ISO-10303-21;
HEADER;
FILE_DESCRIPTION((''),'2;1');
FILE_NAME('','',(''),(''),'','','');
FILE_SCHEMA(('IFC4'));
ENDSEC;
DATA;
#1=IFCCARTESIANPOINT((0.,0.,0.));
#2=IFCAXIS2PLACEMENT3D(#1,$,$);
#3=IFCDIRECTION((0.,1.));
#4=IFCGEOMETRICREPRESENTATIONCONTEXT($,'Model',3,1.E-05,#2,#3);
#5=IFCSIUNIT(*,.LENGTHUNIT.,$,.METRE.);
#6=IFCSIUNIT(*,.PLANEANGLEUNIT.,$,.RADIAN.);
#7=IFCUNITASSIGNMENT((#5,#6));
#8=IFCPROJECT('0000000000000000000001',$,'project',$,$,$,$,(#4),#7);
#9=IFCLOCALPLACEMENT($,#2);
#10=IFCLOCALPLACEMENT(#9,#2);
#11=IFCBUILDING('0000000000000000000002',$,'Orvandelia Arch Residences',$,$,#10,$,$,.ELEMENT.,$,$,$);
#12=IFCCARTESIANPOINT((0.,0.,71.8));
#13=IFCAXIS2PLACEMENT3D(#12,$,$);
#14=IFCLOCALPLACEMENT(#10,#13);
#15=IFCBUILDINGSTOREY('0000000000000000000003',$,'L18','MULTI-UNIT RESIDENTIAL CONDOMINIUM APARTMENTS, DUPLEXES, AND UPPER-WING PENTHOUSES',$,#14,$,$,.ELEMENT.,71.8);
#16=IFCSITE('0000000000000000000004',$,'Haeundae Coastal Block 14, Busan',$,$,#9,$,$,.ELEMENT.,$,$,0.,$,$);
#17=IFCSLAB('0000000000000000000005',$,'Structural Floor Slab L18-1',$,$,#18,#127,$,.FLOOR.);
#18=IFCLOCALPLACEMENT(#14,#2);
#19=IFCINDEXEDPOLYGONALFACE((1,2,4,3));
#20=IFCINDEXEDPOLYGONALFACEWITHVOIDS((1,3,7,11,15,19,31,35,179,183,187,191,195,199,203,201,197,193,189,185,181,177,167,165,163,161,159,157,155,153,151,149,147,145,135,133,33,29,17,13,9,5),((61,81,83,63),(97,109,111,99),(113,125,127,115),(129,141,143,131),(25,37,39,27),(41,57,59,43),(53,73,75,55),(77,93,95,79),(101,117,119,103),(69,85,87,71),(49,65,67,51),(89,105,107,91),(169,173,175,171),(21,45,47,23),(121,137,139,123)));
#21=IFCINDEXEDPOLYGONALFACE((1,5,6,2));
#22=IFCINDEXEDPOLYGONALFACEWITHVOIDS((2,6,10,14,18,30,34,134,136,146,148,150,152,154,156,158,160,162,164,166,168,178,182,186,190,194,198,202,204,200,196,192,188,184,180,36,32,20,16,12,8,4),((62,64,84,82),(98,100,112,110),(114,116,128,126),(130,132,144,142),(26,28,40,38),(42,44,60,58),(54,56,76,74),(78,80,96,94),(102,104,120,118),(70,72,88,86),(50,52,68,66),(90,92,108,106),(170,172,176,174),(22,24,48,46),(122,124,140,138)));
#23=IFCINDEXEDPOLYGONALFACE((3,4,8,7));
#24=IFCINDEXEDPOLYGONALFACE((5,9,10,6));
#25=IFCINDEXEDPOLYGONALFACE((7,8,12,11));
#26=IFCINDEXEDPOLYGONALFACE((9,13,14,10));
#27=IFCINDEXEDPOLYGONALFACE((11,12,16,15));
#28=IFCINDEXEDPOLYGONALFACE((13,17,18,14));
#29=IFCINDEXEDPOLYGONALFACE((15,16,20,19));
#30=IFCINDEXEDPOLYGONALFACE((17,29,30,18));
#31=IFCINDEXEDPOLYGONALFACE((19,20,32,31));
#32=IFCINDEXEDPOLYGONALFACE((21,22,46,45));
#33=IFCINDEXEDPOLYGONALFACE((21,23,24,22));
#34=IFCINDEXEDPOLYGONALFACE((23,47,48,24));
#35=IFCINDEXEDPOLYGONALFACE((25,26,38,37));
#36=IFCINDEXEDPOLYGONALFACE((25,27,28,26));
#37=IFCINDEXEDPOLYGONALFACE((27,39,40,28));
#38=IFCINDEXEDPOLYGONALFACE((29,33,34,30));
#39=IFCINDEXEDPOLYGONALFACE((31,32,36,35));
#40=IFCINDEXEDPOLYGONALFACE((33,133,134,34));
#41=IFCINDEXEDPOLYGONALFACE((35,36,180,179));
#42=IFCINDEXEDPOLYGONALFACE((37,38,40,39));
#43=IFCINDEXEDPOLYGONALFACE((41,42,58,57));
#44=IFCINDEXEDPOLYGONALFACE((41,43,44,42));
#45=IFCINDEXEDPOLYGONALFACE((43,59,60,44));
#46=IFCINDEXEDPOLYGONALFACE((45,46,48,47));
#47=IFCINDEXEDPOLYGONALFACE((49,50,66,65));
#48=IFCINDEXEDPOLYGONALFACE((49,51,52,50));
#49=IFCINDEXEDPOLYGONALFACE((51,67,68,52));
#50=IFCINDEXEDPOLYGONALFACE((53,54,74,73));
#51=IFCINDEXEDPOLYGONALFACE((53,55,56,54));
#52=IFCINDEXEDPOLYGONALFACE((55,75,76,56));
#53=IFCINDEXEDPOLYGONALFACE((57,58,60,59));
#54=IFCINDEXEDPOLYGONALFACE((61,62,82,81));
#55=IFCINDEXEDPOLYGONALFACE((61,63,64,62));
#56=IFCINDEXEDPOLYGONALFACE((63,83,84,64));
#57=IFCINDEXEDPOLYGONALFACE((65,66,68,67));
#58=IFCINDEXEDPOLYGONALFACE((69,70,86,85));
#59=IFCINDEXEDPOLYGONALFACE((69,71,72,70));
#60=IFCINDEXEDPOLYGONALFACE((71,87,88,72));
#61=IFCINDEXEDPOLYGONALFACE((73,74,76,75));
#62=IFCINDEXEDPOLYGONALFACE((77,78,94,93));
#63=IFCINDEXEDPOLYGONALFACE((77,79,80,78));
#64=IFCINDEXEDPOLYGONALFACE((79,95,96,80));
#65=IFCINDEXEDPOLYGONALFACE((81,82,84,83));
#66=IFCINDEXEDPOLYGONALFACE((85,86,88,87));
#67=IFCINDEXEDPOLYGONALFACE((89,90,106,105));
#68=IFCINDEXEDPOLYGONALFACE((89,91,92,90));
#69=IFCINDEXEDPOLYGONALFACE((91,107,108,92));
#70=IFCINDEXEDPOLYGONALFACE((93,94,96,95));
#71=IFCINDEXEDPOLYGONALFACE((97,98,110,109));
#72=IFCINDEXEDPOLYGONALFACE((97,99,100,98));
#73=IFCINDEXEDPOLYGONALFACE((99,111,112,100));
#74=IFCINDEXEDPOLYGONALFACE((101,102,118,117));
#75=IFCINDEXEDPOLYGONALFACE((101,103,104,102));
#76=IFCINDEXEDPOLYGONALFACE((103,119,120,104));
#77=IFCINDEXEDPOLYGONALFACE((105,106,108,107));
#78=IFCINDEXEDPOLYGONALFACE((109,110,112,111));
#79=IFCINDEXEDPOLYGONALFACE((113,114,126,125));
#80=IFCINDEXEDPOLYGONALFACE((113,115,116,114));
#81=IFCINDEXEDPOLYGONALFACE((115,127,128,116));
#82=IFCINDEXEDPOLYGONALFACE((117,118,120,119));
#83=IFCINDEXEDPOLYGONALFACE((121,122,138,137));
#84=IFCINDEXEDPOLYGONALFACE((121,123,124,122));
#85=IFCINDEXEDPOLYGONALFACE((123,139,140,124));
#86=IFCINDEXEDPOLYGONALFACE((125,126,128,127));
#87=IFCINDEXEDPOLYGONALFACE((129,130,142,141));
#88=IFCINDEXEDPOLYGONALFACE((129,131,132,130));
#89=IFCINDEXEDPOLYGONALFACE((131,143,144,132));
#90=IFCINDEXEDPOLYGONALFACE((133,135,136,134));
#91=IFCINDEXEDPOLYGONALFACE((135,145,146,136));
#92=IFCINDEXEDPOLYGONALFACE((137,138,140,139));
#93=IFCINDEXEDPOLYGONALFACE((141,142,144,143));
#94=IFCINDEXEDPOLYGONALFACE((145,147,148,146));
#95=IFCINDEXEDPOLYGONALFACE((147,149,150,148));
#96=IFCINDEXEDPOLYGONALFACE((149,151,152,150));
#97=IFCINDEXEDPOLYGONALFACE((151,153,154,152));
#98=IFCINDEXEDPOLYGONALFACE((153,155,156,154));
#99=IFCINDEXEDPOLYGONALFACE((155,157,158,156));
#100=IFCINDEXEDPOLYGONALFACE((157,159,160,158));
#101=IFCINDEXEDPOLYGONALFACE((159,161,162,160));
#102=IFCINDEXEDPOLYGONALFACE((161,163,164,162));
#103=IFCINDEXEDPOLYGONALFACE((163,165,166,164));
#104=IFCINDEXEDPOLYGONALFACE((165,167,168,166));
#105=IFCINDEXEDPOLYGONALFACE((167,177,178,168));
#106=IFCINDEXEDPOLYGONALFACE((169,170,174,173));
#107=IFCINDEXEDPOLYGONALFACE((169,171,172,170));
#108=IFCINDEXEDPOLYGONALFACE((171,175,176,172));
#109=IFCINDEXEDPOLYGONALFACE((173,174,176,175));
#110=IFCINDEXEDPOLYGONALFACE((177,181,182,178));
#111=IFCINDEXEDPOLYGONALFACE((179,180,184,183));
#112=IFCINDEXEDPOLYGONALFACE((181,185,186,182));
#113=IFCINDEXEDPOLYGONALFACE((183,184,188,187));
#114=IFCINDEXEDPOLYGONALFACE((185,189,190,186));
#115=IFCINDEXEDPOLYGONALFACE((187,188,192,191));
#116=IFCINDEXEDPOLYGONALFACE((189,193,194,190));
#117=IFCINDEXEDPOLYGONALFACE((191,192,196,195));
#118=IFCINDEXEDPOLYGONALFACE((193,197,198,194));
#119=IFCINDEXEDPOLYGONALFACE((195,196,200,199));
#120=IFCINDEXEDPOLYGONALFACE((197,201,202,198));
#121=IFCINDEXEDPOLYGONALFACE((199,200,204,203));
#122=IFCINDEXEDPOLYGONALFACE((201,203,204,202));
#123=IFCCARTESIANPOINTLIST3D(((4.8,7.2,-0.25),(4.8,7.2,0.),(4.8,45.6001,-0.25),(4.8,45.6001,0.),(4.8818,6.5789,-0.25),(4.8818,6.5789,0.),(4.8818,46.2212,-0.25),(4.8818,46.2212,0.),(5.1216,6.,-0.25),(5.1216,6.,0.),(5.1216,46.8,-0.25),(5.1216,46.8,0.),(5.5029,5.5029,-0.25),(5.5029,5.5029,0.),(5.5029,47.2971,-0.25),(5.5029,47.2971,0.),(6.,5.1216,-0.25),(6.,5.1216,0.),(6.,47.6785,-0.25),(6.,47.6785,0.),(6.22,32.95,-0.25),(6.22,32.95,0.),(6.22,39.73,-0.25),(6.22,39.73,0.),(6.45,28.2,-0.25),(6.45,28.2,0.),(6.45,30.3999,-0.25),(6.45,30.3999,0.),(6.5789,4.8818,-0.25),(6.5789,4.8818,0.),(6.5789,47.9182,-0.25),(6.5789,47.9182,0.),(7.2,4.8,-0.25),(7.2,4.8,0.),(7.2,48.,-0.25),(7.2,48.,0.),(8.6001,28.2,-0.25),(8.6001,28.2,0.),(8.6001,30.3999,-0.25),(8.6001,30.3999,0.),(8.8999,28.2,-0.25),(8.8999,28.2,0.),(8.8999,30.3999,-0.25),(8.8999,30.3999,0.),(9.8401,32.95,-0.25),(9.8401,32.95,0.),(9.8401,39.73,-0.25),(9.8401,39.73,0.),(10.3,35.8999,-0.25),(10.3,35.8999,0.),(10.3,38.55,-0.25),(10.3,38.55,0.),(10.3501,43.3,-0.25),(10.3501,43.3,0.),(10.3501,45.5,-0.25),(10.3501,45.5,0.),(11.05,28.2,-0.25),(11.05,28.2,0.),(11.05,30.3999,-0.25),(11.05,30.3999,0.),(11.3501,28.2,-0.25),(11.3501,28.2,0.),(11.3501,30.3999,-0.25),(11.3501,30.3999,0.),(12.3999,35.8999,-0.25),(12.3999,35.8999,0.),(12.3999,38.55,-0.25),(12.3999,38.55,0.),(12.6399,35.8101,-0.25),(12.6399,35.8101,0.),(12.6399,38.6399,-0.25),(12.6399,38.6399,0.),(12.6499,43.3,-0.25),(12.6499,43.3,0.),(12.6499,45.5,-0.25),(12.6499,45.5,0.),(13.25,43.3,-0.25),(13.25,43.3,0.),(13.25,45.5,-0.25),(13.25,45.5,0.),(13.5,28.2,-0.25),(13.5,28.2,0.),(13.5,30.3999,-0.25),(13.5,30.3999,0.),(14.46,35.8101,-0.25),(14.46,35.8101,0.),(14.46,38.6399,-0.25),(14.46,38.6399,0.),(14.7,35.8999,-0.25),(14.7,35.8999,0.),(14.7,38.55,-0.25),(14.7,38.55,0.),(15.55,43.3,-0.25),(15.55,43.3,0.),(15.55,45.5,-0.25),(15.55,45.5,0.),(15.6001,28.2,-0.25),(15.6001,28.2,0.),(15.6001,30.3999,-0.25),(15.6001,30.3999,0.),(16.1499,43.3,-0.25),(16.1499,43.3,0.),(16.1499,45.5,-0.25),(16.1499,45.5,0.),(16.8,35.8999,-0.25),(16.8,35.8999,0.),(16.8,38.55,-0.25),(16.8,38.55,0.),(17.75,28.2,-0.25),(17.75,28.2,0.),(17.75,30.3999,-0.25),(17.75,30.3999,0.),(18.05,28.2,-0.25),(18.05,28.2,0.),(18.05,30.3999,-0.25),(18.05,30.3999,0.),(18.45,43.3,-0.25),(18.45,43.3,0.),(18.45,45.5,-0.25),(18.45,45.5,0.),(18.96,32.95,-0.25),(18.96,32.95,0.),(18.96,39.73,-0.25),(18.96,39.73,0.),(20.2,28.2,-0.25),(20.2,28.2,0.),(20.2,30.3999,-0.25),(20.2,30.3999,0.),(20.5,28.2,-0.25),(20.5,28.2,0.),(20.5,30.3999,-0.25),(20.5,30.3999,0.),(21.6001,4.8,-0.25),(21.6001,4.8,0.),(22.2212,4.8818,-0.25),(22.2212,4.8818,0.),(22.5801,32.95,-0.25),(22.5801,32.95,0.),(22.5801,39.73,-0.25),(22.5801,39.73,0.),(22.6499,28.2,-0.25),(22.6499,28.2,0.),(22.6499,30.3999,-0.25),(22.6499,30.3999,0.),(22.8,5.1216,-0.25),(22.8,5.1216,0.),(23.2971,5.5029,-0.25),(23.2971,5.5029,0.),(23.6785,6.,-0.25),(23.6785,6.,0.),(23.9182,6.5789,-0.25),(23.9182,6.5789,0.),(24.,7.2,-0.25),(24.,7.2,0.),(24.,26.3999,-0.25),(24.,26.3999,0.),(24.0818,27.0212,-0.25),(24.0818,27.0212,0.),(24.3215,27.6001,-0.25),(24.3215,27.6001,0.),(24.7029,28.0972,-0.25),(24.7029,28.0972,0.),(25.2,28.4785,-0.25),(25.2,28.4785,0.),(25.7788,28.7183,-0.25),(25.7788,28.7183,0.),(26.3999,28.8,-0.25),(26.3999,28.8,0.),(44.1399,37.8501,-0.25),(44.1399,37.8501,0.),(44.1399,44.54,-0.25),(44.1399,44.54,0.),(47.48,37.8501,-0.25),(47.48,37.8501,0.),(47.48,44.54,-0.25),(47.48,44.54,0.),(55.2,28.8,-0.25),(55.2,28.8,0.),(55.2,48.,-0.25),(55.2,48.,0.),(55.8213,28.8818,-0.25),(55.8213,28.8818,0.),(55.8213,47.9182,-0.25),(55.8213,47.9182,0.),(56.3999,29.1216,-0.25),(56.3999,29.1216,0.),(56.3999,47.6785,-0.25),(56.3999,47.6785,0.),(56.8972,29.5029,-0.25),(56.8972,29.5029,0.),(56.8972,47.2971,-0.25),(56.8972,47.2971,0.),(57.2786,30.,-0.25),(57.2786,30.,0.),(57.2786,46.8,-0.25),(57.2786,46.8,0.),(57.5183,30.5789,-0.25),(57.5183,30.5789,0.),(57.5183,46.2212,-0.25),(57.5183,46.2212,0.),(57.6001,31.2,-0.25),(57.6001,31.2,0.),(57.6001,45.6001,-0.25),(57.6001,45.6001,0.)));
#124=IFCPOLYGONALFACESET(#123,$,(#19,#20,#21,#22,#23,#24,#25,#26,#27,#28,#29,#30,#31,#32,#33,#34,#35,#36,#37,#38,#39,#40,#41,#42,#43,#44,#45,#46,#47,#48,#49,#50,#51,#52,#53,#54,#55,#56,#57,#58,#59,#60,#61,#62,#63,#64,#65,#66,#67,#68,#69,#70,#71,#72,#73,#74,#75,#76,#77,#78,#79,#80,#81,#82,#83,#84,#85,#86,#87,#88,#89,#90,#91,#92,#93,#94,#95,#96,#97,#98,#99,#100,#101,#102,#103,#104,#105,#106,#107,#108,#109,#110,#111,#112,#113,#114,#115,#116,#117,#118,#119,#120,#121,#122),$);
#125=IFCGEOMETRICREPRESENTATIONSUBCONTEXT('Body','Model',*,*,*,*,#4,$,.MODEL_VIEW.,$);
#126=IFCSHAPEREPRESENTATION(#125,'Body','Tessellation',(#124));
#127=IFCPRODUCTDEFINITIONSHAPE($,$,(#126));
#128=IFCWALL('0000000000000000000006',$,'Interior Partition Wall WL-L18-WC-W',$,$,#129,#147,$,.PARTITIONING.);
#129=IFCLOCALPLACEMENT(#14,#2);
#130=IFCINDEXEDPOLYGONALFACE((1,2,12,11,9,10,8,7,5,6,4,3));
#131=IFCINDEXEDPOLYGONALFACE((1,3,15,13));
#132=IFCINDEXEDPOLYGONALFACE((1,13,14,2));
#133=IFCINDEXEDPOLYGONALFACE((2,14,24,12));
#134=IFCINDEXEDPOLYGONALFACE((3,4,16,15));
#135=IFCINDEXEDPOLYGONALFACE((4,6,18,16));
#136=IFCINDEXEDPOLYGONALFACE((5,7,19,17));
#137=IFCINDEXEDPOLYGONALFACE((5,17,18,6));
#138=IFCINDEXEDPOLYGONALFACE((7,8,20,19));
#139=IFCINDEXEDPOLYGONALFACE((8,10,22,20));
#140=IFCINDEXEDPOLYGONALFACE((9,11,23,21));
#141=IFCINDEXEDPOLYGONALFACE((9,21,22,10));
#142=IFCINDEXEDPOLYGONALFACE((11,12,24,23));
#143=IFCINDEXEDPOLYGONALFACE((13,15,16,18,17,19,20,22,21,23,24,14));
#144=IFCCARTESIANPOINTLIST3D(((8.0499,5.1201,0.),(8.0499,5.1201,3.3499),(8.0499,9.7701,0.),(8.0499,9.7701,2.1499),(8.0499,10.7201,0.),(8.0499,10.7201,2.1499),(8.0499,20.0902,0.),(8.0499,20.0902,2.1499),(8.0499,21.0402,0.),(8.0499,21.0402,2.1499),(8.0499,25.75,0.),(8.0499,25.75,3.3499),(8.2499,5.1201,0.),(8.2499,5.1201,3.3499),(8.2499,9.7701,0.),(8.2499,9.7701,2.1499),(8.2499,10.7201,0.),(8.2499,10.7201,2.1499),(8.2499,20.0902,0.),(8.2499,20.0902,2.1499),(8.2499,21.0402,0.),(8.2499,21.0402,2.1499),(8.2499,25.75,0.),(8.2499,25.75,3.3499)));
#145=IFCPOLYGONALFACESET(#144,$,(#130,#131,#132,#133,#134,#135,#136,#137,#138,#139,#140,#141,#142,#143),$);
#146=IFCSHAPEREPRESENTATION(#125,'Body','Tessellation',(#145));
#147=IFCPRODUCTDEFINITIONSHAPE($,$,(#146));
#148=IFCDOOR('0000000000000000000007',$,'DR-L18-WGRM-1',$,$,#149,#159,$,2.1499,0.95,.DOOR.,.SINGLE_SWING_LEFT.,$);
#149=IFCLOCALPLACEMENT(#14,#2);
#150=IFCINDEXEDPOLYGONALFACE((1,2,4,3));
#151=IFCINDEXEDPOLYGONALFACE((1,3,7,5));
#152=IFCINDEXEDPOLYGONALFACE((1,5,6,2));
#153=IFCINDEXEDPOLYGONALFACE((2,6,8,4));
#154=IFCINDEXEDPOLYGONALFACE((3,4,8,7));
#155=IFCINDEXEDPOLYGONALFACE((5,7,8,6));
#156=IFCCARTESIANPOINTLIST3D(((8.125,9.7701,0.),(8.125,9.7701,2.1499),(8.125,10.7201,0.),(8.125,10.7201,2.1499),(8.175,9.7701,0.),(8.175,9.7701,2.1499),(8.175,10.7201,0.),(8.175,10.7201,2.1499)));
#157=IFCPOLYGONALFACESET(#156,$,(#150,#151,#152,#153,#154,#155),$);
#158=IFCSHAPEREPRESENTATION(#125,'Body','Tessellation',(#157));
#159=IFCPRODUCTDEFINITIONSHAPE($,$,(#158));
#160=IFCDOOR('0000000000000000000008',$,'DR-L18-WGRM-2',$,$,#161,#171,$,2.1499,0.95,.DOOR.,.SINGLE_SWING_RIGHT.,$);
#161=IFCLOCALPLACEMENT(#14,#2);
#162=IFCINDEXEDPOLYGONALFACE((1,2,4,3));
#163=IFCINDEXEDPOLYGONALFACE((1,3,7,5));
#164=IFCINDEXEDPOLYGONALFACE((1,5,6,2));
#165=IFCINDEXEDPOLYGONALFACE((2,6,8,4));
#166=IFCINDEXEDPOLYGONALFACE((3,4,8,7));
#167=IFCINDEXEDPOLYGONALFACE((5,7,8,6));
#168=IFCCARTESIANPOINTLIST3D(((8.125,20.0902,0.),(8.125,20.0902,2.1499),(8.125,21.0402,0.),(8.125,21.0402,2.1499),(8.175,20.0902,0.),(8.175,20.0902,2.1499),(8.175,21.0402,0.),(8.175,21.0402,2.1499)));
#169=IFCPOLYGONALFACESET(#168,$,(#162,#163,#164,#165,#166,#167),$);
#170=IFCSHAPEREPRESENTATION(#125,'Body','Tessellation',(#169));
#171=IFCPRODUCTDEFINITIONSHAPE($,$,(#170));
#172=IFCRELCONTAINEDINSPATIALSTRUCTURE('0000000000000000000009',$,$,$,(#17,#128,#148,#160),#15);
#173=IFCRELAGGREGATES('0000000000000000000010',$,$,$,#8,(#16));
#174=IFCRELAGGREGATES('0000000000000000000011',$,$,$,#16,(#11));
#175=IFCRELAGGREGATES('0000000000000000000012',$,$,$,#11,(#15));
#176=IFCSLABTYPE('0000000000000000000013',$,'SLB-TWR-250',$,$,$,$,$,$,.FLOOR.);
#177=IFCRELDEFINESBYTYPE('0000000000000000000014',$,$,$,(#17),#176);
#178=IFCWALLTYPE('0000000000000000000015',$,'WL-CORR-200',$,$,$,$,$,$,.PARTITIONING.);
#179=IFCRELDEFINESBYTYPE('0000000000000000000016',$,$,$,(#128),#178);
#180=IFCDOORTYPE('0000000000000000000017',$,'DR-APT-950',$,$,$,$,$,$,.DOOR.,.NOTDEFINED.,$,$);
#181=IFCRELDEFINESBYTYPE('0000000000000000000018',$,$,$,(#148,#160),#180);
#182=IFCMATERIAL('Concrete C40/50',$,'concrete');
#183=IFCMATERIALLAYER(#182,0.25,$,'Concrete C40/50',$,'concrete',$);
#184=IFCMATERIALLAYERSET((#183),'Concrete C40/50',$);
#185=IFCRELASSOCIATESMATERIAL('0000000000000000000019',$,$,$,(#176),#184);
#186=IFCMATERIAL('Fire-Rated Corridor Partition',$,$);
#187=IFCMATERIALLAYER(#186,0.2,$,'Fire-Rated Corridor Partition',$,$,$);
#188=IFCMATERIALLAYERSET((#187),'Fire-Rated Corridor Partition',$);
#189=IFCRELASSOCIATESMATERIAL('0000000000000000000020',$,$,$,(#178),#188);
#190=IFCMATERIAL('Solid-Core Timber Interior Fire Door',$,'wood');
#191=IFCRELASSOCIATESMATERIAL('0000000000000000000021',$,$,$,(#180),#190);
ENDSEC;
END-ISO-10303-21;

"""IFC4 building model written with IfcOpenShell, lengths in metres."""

from ifc_helpers import new_model, si_unit, direction, frame, frame_2d, origin, place, context, subcontext, project, spatial, polyline, rectangle, outline, extrude, material, layer, layer_set, type_object, element, fill, save


model = new_model("IFC4")

# Units and contexts
model_context = context("Model", 3, precision=1e-05, world=origin(), true_north=direction((0.0, 1.0)))
body_context = subcontext(model_context, "Body", "Model", "MODEL_VIEW")
ifc_project = project(units=[si_unit("LENGTHUNIT", "METRE"), si_unit("PLANEANGLEUNIT", "RADIAN")], contexts=[model_context])

# Site, building, storey
site_placement = place(None, origin())
site = spatial("IfcSite", under=ifc_project, at=site_placement, Name="Haeundae Coastal Block 14, Busan", CompositionType="ELEMENT", RefElevation=0.0)
building_placement = place(site_placement, origin())
building = spatial("IfcBuilding", under=site, at=building_placement, Name="Orvandelia Arch Residences", CompositionType="ELEMENT")
storey_placement = place(building_placement, frame((0.0, 0.0, 71.8)))
storey = spatial("IfcBuildingStorey", under=building, at=storey_placement, Name="L18", Description="MULTI-UNIT RESIDENTIAL CONDOMINIUM APARTMENTS, DUPLEXES, AND UPPER-WING PENTHOUSES", CompositionType="ELEMENT", Elevation=71.8)

# Shared definitions
ifc_material_1 = material(Name="Concrete C40/50", Category="concrete")

# Slab
ifc_layer_1 = layer(ifc_material_1, 0.25, Name="Concrete C40/50", Category="concrete")
ifc_layer_set_1 = layer_set([ifc_layer_1], Name="Concrete C40/50")
slab_type_1 = type_object("IfcSlabType", Name="SLB-TWR-250", PredefinedType="FLOOR", material=ifc_layer_set_1)
slab_1_placement = place(storey_placement, frame((0.0, 0.0, -0.25)))
element("IfcSlab", 1, at=slab_1_placement, inside=storey, type_object=slab_type_1, Name="Structural Floor Slab L18-1", PredefinedType="FLOOR", context=body_context, shape_type="SweptSolid", body=[
    extrude(outline(polyline([(4.8, 7.2), (4.8818, 6.5789), (5.1216, 6.0), (5.5029, 5.5029), (6.0, 5.1216), (6.5789, 4.8818), (7.2, 4.8), (21.6001, 4.8), (22.2212, 4.8818), (22.8, 5.1216), (23.2971, 5.5029), (23.6785, 6.0), (23.9182, 6.5789), (24.0, 7.2), (24.0, 26.3999), (24.0818, 27.0212), (24.3215, 27.6001), (24.7029, 28.0972), (25.2, 28.4785), (25.7788, 28.7183), (26.3999, 28.8), (55.2, 28.8), (55.8213, 28.8818), (56.3999, 29.1216), (56.8972, 29.5029), (57.2786, 30.0), (57.5183, 30.5789), (57.6001, 31.2), (57.6001, 45.6001), (57.5183, 46.2212), (57.2786, 46.8), (56.8972, 47.2971), (56.3999, 47.6785), (55.8213, 47.9182), (55.2, 48.0), (7.2, 48.0), (6.5789, 47.9182), (6.0, 47.6785), (5.5029, 47.2971), (5.1216, 46.8), (4.8818, 46.2212), (4.8, 45.6001), (4.8, 7.2)]), holes=[polyline([(6.22, 32.95), (9.8401, 32.95), (9.8401, 39.73), (6.22, 39.73), (6.22, 32.95)]), polyline([(18.96, 32.95), (22.5801, 32.95), (22.5801, 39.73), (18.96, 39.73), (18.96, 32.95)]), polyline([(44.1399, 37.8501), (47.48, 37.8501), (47.48, 44.54), (44.1399, 44.54), (44.1399, 37.8501)]), polyline([(12.6399, 35.8101), (14.46, 35.8101), (14.46, 38.6399), (12.6399, 38.6399), (12.6399, 35.8101)]), polyline([(10.3, 35.8999), (12.3999, 35.8999), (12.3999, 38.55), (10.3, 38.55), (10.3, 35.8999)]), polyline([(14.7, 35.8999), (16.8, 35.8999), (16.8, 38.55), (14.7, 38.55), (14.7, 35.8999)]), polyline([(10.3501, 43.3), (12.6499, 43.3), (12.6499, 45.5), (10.3501, 45.5), (10.3501, 43.3)]), polyline([(13.25, 43.3), (15.55, 43.3), (15.55, 45.5), (13.25, 45.5), (13.25, 43.3)]), polyline([(16.1499, 43.3), (18.45, 43.3), (18.45, 45.5), (16.1499, 45.5), (16.1499, 43.3)]), polyline([(6.45, 28.2), (8.6001, 28.2), (8.6001, 30.3999), (6.45, 30.3999), (6.45, 28.2)]), polyline([(8.8999, 28.2), (11.05, 28.2), (11.05, 30.3999), (8.8999, 30.3999), (8.8999, 28.2)]), polyline([(11.3501, 28.2), (13.5, 28.2), (13.5, 30.3999), (11.3501, 30.3999), (11.3501, 28.2)]), polyline([(15.6001, 28.2), (17.75, 28.2), (17.75, 30.3999), (15.6001, 30.3999), (15.6001, 28.2)]), polyline([(18.05, 28.2), (20.2, 28.2), (20.2, 30.3999), (18.05, 30.3999), (18.05, 28.2)]), polyline([(20.5, 28.2), (22.6499, 28.2), (22.6499, 30.3999), (20.5, 30.3999), (20.5, 28.2)])]), origin(), (0.0, 0.0, 1.0), 0.25),
])

# Wall, openings, doors
ifc_material_2 = material(Name="Fire-Rated Corridor Partition")
ifc_layer_2 = layer(ifc_material_2, 0.2, Name="Fire-Rated Corridor Partition")
ifc_layer_set_2 = layer_set([ifc_layer_2], Name="Fire-Rated Corridor Partition")
wall_type_1 = type_object("IfcWallType", Name="WL-CORR-200", PredefinedType="PARTITIONING", material=ifc_layer_set_2)
wall_1_placement = place(storey_placement, frame((8.1499, 5.1201, 0.0), z_axis=(0.0, 0.0, 1.0), x_axis=(0.0, 1.0, 0.0)))
wall_1 = element("IfcWall", 2, at=wall_1_placement, inside=storey, type_object=wall_type_1, Name="Interior Partition Wall WL-L18-WC-W", PredefinedType="PARTITIONING", context=body_context, shape_type="SweptSolid", body=[
    extrude(rectangle(XDim=20.6299, YDim=0.2, at=frame_2d((10.3149, 0.0))), origin(), (0.0, 0.0, 1.0), 3.3499),
])
opening_1_placement = place(wall_1_placement, frame((4.6499, 0.0, 0.0)))
opening_1 = element("IfcOpeningElement", 3, at=opening_1_placement, cuts=wall_1, PredefinedType="OPENING", context=body_context, shape_type="SweptSolid", body=[
    extrude(rectangle(XDim=0.95, YDim=2.1499, at=frame_2d((0.4751, 1.075))), frame((0.0, 0.1099, 0.0), z_axis=(0.0, -1.0, 0.0), x_axis=(1.0, 0.0, 0.0)), (0.0, 0.0, 1.0), 0.22),
])
opening_2_placement = place(wall_1_placement, frame((14.97, 0.0, 0.0)))
opening_2 = element("IfcOpeningElement", 4, at=opening_2_placement, cuts=wall_1, PredefinedType="OPENING", context=body_context, shape_type="SweptSolid", body=[
    extrude(rectangle(XDim=0.95, YDim=2.1499, at=frame_2d((0.4751, 1.075))), frame((0.0, 0.1099, 0.0), z_axis=(0.0, -1.0, 0.0), x_axis=(1.0, 0.0, 0.0)), (0.0, 0.0, 1.0), 0.22),
])
ifc_material_3 = material(Name="Solid-Core Timber Interior Fire Door", Category="wood")
door_type_1 = type_object("IfcDoorType", Name="DR-APT-950", OperationType="NOTDEFINED", PredefinedType="DOOR", material=ifc_material_3)
door_1_placement = place(opening_1_placement, origin())
door_1 = element("IfcDoor", 5, at=door_1_placement, inside=storey, type_object=door_type_1, Name="DR-L18-WGRM-1", OperationType="SINGLE_SWING_LEFT", OverallHeight=2.1499, OverallWidth=0.95, PredefinedType="DOOR", context=body_context, shape_type="SweptSolid", body=[
    extrude(rectangle(XDim=0.95, YDim=2.1499, at=frame_2d((0.4751, 1.075))), frame((0.0, 0.0249, 0.0), z_axis=(0.0, -1.0, 0.0), x_axis=(1.0, 0.0, 0.0)), (0.0, 0.0, 1.0), 0.05),
])
fill(opening_1, door_1)
door_2_placement = place(opening_2_placement, origin())
door_2 = element("IfcDoor", 6, at=door_2_placement, inside=storey, type_object=door_type_1, Name="DR-L18-WGRM-2", OperationType="SINGLE_SWING_RIGHT", OverallHeight=2.1499, OverallWidth=0.95, PredefinedType="DOOR", context=body_context, shape_type="SweptSolid", body=[
    extrude(rectangle(XDim=0.95, YDim=2.1499, at=frame_2d((0.4751, 1.075))), frame((0.0, 0.0249, 0.0), z_axis=(0.0, -1.0, 0.0), x_axis=(1.0, 0.0, 0.0)), (0.0, 0.0, 1.0), 0.05),
])
fill(opening_2, door_2)

save(model, "model.ifc")
